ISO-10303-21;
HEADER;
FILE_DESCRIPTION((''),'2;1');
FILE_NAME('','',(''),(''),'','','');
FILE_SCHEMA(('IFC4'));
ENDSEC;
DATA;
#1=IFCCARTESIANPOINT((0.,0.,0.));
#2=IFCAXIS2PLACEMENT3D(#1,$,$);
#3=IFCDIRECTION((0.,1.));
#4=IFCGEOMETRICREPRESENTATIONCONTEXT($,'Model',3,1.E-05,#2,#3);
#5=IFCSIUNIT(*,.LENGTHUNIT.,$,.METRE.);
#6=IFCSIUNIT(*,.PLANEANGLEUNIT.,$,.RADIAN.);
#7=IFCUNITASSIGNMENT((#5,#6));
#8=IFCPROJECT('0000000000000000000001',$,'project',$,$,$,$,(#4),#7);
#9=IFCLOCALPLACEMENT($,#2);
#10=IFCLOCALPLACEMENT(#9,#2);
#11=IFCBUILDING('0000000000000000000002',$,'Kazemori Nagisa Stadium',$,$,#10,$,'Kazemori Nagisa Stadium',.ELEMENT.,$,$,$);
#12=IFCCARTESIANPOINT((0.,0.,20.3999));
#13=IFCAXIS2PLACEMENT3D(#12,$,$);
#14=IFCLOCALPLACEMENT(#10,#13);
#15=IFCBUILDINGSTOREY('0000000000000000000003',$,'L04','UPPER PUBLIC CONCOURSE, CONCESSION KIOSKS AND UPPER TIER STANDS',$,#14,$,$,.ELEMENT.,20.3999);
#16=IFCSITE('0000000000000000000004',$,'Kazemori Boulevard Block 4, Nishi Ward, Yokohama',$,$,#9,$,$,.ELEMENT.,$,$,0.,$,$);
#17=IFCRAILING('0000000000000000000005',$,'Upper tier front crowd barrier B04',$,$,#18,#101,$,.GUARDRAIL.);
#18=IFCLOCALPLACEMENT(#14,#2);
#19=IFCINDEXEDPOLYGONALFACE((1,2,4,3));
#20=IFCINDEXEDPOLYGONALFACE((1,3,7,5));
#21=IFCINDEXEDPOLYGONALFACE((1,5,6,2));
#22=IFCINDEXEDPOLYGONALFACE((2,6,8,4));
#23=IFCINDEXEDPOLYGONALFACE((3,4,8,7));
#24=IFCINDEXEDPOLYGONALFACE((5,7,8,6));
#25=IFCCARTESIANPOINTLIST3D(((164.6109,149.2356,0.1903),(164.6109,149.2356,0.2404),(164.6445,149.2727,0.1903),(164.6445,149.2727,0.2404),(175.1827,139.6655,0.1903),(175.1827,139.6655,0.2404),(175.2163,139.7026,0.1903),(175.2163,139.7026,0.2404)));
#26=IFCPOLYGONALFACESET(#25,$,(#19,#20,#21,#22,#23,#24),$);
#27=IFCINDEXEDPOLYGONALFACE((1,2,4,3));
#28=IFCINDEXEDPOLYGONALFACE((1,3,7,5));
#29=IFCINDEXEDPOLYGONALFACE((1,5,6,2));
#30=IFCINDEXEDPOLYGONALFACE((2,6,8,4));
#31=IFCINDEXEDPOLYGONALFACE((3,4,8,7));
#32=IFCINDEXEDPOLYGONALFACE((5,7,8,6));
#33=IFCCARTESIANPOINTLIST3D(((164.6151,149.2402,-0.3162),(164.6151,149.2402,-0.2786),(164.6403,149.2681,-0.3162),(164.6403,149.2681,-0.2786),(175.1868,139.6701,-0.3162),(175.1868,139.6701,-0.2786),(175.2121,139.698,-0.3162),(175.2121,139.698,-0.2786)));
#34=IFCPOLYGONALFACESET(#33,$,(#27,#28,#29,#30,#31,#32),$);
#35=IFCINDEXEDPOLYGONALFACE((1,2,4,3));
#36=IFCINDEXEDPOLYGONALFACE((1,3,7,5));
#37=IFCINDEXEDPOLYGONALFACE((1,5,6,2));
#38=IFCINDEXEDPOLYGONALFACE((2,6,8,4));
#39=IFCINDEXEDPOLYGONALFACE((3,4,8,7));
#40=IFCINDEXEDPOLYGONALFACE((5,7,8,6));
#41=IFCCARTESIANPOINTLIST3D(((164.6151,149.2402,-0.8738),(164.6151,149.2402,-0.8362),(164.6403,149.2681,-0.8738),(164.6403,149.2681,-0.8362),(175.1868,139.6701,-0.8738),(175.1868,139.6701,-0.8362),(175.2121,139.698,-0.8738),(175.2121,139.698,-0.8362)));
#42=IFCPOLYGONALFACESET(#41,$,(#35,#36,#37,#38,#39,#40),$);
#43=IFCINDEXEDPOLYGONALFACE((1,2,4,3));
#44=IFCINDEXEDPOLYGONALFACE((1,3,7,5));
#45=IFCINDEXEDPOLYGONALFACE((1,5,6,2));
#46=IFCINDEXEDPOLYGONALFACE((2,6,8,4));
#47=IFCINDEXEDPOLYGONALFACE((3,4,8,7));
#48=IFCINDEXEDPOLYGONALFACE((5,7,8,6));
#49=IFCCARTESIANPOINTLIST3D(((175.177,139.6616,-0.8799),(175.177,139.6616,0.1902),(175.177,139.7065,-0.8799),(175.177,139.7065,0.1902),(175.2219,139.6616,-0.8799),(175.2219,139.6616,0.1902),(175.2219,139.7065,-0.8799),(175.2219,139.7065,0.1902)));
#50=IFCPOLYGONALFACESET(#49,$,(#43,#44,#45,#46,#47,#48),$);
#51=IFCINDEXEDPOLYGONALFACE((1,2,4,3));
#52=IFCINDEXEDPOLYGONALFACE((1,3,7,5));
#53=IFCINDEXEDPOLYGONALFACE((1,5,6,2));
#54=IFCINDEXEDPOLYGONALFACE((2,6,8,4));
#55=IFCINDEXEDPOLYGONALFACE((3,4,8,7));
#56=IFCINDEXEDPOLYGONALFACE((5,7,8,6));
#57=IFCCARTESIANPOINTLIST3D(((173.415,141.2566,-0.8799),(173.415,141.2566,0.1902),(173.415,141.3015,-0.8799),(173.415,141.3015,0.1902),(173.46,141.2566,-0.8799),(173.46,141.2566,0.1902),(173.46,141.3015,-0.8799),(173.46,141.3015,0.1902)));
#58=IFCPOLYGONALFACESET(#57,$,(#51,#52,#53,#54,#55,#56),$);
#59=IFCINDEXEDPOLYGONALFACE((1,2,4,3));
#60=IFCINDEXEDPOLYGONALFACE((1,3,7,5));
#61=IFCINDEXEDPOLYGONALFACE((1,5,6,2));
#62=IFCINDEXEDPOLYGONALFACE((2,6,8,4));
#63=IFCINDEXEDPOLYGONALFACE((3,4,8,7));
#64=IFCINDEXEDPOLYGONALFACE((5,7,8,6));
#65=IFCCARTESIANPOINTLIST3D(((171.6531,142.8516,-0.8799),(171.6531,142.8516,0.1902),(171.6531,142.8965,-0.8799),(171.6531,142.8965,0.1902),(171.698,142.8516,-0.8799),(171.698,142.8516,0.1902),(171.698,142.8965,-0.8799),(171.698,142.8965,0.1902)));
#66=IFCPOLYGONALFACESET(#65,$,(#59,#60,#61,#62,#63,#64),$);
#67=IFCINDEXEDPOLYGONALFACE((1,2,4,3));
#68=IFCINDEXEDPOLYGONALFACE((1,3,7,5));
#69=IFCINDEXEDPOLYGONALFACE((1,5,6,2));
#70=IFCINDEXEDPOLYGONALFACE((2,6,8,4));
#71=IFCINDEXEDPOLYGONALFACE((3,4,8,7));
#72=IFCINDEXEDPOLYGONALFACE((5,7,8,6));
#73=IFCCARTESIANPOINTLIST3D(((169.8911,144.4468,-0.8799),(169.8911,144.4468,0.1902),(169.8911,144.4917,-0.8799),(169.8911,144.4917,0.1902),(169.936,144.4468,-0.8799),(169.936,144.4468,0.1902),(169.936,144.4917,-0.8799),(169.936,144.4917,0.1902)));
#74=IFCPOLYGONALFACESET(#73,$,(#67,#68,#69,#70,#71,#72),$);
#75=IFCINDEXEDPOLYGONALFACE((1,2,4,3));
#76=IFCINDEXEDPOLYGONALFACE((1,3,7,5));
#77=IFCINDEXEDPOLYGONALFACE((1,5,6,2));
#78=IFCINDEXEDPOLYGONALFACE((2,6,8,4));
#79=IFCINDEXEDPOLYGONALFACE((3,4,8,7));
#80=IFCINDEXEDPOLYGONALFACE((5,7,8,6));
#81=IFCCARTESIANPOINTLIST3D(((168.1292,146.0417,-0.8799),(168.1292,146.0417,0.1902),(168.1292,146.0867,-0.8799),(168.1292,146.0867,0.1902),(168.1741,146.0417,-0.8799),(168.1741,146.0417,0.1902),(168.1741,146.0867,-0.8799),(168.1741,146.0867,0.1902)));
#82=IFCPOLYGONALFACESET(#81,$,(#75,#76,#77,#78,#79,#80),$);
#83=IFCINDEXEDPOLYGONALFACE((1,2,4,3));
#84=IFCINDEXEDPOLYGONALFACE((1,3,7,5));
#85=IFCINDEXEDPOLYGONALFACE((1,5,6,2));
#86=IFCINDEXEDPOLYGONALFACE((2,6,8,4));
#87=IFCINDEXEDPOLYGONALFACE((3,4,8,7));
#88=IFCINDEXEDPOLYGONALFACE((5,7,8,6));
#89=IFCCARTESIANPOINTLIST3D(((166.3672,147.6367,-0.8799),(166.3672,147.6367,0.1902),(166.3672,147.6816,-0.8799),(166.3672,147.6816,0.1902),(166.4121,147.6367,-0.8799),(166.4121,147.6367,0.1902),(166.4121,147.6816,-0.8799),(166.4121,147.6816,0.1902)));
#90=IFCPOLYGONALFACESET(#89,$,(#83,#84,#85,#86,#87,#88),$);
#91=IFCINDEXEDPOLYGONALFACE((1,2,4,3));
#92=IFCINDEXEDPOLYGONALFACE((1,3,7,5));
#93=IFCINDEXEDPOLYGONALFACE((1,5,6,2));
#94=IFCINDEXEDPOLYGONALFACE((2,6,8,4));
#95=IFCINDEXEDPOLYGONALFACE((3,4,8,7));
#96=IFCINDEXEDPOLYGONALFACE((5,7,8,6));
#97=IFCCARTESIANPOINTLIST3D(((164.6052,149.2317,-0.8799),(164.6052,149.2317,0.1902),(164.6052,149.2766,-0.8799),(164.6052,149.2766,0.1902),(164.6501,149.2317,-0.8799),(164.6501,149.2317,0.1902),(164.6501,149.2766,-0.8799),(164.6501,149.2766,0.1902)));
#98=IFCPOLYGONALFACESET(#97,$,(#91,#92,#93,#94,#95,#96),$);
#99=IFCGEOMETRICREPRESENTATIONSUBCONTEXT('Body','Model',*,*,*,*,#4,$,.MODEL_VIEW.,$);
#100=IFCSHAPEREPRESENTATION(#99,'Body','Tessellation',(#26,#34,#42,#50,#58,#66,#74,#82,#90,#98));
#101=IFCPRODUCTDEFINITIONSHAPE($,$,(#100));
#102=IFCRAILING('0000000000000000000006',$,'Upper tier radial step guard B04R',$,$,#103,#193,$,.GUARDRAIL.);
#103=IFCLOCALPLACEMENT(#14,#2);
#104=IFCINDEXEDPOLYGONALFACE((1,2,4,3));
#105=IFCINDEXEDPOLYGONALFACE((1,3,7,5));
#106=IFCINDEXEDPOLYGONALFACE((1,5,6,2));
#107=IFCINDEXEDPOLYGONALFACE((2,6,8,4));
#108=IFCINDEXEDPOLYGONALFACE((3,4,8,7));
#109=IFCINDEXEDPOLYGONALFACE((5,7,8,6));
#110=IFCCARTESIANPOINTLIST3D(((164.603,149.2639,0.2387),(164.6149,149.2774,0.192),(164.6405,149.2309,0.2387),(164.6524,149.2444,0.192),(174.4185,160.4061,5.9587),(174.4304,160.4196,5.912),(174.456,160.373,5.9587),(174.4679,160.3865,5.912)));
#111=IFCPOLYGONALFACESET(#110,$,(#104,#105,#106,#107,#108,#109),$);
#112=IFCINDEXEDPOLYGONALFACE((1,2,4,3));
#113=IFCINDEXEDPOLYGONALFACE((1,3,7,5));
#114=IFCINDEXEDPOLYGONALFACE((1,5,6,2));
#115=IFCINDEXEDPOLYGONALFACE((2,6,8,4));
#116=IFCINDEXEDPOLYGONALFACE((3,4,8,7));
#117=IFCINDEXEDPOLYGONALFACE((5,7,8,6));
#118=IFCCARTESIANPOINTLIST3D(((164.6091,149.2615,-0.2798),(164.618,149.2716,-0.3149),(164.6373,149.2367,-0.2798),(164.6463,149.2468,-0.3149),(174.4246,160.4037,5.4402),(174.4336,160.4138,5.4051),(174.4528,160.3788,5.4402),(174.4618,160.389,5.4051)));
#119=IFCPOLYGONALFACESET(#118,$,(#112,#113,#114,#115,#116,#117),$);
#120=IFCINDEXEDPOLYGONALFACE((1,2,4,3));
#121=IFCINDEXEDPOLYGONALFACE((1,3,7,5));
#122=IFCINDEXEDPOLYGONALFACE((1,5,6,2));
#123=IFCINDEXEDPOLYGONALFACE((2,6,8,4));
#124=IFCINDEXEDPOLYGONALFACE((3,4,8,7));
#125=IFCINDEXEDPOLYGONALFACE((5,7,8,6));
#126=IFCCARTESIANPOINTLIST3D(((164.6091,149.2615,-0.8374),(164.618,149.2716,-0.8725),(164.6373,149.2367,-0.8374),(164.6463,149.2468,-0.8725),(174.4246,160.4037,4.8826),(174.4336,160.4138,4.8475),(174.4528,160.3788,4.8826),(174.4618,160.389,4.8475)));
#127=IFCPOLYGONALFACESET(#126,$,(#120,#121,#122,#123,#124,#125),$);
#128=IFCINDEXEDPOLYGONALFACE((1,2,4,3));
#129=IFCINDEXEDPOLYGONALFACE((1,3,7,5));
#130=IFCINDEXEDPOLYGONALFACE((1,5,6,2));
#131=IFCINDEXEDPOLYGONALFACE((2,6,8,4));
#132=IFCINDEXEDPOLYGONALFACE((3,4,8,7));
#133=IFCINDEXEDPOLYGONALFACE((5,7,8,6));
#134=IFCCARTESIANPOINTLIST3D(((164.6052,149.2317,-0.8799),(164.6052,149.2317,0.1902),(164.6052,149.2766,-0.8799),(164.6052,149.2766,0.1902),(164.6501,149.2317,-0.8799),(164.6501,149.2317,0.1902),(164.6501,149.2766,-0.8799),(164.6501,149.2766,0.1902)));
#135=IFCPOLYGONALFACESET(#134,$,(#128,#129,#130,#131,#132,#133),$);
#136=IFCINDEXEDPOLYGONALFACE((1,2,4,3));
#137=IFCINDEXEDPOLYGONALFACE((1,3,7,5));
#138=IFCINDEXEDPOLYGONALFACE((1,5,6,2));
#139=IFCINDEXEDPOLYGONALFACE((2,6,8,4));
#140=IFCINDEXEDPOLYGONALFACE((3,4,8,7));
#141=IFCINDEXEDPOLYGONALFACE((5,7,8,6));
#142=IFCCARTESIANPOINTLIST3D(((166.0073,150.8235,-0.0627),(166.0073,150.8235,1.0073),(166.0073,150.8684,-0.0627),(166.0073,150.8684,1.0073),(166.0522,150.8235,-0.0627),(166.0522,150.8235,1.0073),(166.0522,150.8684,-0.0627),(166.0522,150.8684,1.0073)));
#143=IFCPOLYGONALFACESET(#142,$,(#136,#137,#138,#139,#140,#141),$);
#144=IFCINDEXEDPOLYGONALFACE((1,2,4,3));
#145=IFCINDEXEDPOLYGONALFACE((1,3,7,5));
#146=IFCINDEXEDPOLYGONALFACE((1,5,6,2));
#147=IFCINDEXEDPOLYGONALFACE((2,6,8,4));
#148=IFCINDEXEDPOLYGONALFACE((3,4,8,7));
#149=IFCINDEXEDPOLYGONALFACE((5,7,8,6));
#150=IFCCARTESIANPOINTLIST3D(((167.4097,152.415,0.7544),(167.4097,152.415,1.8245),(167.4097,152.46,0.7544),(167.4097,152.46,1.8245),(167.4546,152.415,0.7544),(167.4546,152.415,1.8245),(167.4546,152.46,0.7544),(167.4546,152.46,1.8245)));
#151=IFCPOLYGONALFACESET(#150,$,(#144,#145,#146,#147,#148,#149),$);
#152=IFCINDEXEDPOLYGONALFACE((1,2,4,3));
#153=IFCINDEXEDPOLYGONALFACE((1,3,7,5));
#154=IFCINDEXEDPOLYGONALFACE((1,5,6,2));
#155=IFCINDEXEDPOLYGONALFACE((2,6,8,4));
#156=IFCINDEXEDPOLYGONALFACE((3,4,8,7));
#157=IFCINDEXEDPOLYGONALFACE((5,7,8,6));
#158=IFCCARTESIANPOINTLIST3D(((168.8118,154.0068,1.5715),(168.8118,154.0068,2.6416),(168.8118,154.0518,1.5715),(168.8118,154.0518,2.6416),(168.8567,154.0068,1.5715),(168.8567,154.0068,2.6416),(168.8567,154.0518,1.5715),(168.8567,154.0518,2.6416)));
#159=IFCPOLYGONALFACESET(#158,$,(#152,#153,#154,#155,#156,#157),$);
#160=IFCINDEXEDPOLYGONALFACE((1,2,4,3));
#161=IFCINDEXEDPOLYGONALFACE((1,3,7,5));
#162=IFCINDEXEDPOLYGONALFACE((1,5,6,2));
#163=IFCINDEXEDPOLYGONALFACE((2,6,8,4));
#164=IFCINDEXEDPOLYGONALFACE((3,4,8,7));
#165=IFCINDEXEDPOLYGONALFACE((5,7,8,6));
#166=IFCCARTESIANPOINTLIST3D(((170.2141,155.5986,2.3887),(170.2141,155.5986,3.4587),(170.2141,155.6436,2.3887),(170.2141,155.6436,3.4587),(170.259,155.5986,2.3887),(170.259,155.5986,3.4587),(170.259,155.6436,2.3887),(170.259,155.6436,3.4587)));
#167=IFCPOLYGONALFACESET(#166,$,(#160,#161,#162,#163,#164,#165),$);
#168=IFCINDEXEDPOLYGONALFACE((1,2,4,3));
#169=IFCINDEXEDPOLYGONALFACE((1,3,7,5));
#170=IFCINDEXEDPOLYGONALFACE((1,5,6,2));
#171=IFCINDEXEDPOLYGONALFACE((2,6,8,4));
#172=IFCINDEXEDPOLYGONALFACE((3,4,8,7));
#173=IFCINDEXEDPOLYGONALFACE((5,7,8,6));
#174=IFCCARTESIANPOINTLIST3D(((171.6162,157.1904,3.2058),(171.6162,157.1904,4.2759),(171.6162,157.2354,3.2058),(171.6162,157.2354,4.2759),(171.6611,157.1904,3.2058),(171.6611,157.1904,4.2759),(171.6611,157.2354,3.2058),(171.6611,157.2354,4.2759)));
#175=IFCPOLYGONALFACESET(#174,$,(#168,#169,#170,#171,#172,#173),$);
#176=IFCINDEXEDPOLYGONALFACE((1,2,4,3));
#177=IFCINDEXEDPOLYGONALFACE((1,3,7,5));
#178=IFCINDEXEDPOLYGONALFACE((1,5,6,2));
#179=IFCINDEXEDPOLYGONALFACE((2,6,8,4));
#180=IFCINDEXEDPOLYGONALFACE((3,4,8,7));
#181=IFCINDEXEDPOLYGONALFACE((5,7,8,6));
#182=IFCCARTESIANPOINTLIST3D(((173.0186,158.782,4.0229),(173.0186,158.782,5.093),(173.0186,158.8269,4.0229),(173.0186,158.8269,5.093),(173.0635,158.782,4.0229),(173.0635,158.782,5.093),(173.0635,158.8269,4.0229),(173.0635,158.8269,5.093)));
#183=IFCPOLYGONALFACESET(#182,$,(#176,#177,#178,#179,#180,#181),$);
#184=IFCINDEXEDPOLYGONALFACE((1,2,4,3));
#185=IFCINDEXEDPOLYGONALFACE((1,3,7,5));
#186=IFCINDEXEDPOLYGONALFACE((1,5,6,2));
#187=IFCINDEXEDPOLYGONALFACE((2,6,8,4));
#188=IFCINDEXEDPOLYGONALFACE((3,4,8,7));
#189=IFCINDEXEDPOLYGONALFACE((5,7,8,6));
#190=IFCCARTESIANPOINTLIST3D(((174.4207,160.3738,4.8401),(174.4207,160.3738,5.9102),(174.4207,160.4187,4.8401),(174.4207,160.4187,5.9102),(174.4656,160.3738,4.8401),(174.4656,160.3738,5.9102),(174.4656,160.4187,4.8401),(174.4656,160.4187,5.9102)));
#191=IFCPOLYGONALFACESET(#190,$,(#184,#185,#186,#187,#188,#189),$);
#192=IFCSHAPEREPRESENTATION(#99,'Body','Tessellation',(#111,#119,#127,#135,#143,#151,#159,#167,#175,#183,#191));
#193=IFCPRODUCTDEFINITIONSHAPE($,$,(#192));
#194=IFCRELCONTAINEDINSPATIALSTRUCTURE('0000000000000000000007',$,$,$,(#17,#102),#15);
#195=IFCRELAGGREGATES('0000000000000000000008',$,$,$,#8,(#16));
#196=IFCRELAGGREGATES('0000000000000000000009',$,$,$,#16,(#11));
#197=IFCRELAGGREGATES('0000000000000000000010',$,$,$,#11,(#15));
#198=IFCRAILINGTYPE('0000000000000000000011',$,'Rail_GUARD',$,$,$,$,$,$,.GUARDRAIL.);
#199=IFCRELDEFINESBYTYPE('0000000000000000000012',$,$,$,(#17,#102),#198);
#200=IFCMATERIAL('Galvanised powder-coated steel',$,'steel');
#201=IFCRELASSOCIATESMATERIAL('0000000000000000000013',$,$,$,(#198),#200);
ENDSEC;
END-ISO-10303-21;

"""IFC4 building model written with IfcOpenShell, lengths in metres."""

from ifc_helpers import new_model, si_unit, direction, frame, origin, origin_2d, place, context, subcontext, project, spatial, rectangle, extrude, material, type_object, element, save


model = new_model("IFC4")

# Units and contexts
model_context = context("Model", 3, precision=1e-05, world=origin(), true_north=direction((0.0, 1.0)))
body_context = subcontext(model_context, "Body", "Model", "MODEL_VIEW")
ifc_project = project(units=[si_unit("LENGTHUNIT", "METRE"), si_unit("PLANEANGLEUNIT", "RADIAN")], contexts=[model_context])

# Site, building, storey
site_placement = place(None, origin())
site = spatial("IfcSite", under=ifc_project, at=site_placement, Name="Kazemori Boulevard Block 4, Nishi Ward, Yokohama", CompositionType="ELEMENT", RefElevation=0.0)
building_placement = place(site_placement, origin())
building = spatial("IfcBuilding", under=site, at=building_placement, Name="Kazemori Nagisa Stadium", LongName="Kazemori Nagisa Stadium", CompositionType="ELEMENT")
storey_placement = place(building_placement, frame((0.0, 0.0, 20.3999)))
storey = spatial("IfcBuildingStorey", under=building, at=storey_placement, Name="L04", Description="UPPER PUBLIC CONCOURSE, CONCESSION KIOSKS AND UPPER TIER STANDS", CompositionType="ELEMENT", Elevation=20.3999)

# Railings
ifc_material_1 = material(Name="Galvanised powder-coated steel", Category="steel")
railing_type = type_object("IfcRailingType", Name="Rail_GUARD", PredefinedType="GUARDRAIL", material=ifc_material_1)
railing_1_placement = place(storey_placement, frame((175.1995, 139.6841, -0.8799)))
element("IfcRailing", 1, at=railing_1_placement, inside=storey, type_object=railing_type, Name="Upper tier front crowd barrier B04", PredefinedType="GUARDRAIL", context=body_context, shape_type="SweptSolid", body=[
    extrude(rectangle(XDim=0.05, YDim=0.05, at=origin_2d()), frame((0.0, 0.0, 1.0952), z_axis=(-0.741357, 0.671111, 0.0), x_axis=(-0.671111, -0.741357, 0.0)), (0.0, 0.0, 1.0), 14.26),
    extrude(rectangle(XDim=0.0376, YDim=0.0376, at=origin_2d()), frame((0.0, 0.0, 0.5825), z_axis=(-0.741357, 0.671111, 0.0), x_axis=(-0.671111, -0.741357, 0.0)), (0.0, 0.0, 1.0), 14.26),
    extrude(rectangle(XDim=0.0376, YDim=0.0376, at=origin_2d()), frame((0.0, 0.0, 0.0249), z_axis=(-0.741357, 0.671111, 0.0), x_axis=(-0.671111, -0.741357, 0.0)), (0.0, 0.0, 1.0), 14.26),
    extrude(rectangle(XDim=0.0449, YDim=0.0449, at=origin_2d()), origin(), (0.0, 0.0, 1.0), 1.0701),
    extrude(rectangle(XDim=0.0449, YDim=0.0449, at=origin_2d()), frame((-1.762, 1.595, 0.0)), (0.0, 0.0, 1.0), 1.0701),
    extrude(rectangle(XDim=0.0449, YDim=0.0449, at=origin_2d()), frame((-3.5239, 3.1899, 0.0)), (0.0, 0.0, 1.0), 1.0701),
    extrude(rectangle(XDim=0.0449, YDim=0.0449, at=origin_2d()), frame((-5.2859, 4.7852, 0.0)), (0.0, 0.0, 1.0), 1.0701),
    extrude(rectangle(XDim=0.0449, YDim=0.0449, at=origin_2d()), frame((-7.0479, 6.3801, 0.0)), (0.0, 0.0, 1.0), 1.0701),
    extrude(rectangle(XDim=0.0449, YDim=0.0449, at=origin_2d()), frame((-8.8098, 7.9751, 0.0)), (0.0, 0.0, 1.0), 1.0701),
    extrude(rectangle(XDim=0.0449, YDim=0.0449, at=origin_2d()), frame((-10.5718, 9.5701, 0.0)), (0.0, 0.0, 1.0), 1.0701),
])
railing_2_placement = place(storey_placement, frame((164.6277, 149.2542, -0.8799)))
element("IfcRailing", 2, at=railing_2_placement, inside=storey, type_object=railing_type, Name="Upper tier radial step guard B04R", PredefinedType="GUARDRAIL", context=body_context, shape_type="SweptSolid", body=[
    extrude(rectangle(XDim=0.05, YDim=0.05, at=origin_2d()), frame((0.0, 0.0, 1.0952), z_axis=(0.616839, 0.700211, 0.359465), x_axis=(-0.750366, 0.661022, 0.0)), (0.0, 0.0, 1.0), 15.9126),
    extrude(rectangle(XDim=0.0376, YDim=0.0376, at=origin_2d()), frame((0.0, 0.0, 0.5825), z_axis=(0.616839, 0.700211, 0.359465), x_axis=(-0.750366, 0.661022, 0.0)), (0.0, 0.0, 1.0), 15.9126),
    extrude(rectangle(XDim=0.0376, YDim=0.0376, at=origin_2d()), frame((0.0, 0.0, 0.0249), z_axis=(0.616839, 0.700211, 0.359465), x_axis=(-0.750366, 0.661022, 0.0)), (0.0, 0.0, 1.0), 15.9126),
    extrude(rectangle(XDim=0.0449, YDim=0.0449, at=origin_2d()), origin(), (0.0, 0.0, 1.0), 1.0701),
    extrude(rectangle(XDim=0.0449, YDim=0.0449, at=origin_2d()), frame((1.4021, 1.5918, 0.8171)), (0.0, 0.0, 1.0), 1.0701),
    extrude(rectangle(XDim=0.0449, YDim=0.0449, at=origin_2d()), frame((2.8044, 3.1833, 1.6343)), (0.0, 0.0, 1.0), 1.0701),
    extrude(rectangle(XDim=0.0449, YDim=0.0449, at=origin_2d()), frame((4.2065, 4.7751, 2.4514)), (0.0, 0.0, 1.0), 1.0701),
    extrude(rectangle(XDim=0.0449, YDim=0.0449, at=origin_2d()), frame((5.6089, 6.3669, 3.2686)), (0.0, 0.0, 1.0), 1.0701),
    extrude(rectangle(XDim=0.0449, YDim=0.0449, at=origin_2d()), frame((7.011, 7.9587, 4.0857)), (0.0, 0.0, 1.0), 1.0701),
    extrude(rectangle(XDim=0.0449, YDim=0.0449, at=origin_2d()), frame((8.4133, 9.5503, 4.9028)), (0.0, 0.0, 1.0), 1.0701),
    extrude(rectangle(XDim=0.0449, YDim=0.0449, at=origin_2d()), frame((9.8154, 11.1421, 5.72)), (0.0, 0.0, 1.0), 1.0701),
])

save(model, "model.ifc")
